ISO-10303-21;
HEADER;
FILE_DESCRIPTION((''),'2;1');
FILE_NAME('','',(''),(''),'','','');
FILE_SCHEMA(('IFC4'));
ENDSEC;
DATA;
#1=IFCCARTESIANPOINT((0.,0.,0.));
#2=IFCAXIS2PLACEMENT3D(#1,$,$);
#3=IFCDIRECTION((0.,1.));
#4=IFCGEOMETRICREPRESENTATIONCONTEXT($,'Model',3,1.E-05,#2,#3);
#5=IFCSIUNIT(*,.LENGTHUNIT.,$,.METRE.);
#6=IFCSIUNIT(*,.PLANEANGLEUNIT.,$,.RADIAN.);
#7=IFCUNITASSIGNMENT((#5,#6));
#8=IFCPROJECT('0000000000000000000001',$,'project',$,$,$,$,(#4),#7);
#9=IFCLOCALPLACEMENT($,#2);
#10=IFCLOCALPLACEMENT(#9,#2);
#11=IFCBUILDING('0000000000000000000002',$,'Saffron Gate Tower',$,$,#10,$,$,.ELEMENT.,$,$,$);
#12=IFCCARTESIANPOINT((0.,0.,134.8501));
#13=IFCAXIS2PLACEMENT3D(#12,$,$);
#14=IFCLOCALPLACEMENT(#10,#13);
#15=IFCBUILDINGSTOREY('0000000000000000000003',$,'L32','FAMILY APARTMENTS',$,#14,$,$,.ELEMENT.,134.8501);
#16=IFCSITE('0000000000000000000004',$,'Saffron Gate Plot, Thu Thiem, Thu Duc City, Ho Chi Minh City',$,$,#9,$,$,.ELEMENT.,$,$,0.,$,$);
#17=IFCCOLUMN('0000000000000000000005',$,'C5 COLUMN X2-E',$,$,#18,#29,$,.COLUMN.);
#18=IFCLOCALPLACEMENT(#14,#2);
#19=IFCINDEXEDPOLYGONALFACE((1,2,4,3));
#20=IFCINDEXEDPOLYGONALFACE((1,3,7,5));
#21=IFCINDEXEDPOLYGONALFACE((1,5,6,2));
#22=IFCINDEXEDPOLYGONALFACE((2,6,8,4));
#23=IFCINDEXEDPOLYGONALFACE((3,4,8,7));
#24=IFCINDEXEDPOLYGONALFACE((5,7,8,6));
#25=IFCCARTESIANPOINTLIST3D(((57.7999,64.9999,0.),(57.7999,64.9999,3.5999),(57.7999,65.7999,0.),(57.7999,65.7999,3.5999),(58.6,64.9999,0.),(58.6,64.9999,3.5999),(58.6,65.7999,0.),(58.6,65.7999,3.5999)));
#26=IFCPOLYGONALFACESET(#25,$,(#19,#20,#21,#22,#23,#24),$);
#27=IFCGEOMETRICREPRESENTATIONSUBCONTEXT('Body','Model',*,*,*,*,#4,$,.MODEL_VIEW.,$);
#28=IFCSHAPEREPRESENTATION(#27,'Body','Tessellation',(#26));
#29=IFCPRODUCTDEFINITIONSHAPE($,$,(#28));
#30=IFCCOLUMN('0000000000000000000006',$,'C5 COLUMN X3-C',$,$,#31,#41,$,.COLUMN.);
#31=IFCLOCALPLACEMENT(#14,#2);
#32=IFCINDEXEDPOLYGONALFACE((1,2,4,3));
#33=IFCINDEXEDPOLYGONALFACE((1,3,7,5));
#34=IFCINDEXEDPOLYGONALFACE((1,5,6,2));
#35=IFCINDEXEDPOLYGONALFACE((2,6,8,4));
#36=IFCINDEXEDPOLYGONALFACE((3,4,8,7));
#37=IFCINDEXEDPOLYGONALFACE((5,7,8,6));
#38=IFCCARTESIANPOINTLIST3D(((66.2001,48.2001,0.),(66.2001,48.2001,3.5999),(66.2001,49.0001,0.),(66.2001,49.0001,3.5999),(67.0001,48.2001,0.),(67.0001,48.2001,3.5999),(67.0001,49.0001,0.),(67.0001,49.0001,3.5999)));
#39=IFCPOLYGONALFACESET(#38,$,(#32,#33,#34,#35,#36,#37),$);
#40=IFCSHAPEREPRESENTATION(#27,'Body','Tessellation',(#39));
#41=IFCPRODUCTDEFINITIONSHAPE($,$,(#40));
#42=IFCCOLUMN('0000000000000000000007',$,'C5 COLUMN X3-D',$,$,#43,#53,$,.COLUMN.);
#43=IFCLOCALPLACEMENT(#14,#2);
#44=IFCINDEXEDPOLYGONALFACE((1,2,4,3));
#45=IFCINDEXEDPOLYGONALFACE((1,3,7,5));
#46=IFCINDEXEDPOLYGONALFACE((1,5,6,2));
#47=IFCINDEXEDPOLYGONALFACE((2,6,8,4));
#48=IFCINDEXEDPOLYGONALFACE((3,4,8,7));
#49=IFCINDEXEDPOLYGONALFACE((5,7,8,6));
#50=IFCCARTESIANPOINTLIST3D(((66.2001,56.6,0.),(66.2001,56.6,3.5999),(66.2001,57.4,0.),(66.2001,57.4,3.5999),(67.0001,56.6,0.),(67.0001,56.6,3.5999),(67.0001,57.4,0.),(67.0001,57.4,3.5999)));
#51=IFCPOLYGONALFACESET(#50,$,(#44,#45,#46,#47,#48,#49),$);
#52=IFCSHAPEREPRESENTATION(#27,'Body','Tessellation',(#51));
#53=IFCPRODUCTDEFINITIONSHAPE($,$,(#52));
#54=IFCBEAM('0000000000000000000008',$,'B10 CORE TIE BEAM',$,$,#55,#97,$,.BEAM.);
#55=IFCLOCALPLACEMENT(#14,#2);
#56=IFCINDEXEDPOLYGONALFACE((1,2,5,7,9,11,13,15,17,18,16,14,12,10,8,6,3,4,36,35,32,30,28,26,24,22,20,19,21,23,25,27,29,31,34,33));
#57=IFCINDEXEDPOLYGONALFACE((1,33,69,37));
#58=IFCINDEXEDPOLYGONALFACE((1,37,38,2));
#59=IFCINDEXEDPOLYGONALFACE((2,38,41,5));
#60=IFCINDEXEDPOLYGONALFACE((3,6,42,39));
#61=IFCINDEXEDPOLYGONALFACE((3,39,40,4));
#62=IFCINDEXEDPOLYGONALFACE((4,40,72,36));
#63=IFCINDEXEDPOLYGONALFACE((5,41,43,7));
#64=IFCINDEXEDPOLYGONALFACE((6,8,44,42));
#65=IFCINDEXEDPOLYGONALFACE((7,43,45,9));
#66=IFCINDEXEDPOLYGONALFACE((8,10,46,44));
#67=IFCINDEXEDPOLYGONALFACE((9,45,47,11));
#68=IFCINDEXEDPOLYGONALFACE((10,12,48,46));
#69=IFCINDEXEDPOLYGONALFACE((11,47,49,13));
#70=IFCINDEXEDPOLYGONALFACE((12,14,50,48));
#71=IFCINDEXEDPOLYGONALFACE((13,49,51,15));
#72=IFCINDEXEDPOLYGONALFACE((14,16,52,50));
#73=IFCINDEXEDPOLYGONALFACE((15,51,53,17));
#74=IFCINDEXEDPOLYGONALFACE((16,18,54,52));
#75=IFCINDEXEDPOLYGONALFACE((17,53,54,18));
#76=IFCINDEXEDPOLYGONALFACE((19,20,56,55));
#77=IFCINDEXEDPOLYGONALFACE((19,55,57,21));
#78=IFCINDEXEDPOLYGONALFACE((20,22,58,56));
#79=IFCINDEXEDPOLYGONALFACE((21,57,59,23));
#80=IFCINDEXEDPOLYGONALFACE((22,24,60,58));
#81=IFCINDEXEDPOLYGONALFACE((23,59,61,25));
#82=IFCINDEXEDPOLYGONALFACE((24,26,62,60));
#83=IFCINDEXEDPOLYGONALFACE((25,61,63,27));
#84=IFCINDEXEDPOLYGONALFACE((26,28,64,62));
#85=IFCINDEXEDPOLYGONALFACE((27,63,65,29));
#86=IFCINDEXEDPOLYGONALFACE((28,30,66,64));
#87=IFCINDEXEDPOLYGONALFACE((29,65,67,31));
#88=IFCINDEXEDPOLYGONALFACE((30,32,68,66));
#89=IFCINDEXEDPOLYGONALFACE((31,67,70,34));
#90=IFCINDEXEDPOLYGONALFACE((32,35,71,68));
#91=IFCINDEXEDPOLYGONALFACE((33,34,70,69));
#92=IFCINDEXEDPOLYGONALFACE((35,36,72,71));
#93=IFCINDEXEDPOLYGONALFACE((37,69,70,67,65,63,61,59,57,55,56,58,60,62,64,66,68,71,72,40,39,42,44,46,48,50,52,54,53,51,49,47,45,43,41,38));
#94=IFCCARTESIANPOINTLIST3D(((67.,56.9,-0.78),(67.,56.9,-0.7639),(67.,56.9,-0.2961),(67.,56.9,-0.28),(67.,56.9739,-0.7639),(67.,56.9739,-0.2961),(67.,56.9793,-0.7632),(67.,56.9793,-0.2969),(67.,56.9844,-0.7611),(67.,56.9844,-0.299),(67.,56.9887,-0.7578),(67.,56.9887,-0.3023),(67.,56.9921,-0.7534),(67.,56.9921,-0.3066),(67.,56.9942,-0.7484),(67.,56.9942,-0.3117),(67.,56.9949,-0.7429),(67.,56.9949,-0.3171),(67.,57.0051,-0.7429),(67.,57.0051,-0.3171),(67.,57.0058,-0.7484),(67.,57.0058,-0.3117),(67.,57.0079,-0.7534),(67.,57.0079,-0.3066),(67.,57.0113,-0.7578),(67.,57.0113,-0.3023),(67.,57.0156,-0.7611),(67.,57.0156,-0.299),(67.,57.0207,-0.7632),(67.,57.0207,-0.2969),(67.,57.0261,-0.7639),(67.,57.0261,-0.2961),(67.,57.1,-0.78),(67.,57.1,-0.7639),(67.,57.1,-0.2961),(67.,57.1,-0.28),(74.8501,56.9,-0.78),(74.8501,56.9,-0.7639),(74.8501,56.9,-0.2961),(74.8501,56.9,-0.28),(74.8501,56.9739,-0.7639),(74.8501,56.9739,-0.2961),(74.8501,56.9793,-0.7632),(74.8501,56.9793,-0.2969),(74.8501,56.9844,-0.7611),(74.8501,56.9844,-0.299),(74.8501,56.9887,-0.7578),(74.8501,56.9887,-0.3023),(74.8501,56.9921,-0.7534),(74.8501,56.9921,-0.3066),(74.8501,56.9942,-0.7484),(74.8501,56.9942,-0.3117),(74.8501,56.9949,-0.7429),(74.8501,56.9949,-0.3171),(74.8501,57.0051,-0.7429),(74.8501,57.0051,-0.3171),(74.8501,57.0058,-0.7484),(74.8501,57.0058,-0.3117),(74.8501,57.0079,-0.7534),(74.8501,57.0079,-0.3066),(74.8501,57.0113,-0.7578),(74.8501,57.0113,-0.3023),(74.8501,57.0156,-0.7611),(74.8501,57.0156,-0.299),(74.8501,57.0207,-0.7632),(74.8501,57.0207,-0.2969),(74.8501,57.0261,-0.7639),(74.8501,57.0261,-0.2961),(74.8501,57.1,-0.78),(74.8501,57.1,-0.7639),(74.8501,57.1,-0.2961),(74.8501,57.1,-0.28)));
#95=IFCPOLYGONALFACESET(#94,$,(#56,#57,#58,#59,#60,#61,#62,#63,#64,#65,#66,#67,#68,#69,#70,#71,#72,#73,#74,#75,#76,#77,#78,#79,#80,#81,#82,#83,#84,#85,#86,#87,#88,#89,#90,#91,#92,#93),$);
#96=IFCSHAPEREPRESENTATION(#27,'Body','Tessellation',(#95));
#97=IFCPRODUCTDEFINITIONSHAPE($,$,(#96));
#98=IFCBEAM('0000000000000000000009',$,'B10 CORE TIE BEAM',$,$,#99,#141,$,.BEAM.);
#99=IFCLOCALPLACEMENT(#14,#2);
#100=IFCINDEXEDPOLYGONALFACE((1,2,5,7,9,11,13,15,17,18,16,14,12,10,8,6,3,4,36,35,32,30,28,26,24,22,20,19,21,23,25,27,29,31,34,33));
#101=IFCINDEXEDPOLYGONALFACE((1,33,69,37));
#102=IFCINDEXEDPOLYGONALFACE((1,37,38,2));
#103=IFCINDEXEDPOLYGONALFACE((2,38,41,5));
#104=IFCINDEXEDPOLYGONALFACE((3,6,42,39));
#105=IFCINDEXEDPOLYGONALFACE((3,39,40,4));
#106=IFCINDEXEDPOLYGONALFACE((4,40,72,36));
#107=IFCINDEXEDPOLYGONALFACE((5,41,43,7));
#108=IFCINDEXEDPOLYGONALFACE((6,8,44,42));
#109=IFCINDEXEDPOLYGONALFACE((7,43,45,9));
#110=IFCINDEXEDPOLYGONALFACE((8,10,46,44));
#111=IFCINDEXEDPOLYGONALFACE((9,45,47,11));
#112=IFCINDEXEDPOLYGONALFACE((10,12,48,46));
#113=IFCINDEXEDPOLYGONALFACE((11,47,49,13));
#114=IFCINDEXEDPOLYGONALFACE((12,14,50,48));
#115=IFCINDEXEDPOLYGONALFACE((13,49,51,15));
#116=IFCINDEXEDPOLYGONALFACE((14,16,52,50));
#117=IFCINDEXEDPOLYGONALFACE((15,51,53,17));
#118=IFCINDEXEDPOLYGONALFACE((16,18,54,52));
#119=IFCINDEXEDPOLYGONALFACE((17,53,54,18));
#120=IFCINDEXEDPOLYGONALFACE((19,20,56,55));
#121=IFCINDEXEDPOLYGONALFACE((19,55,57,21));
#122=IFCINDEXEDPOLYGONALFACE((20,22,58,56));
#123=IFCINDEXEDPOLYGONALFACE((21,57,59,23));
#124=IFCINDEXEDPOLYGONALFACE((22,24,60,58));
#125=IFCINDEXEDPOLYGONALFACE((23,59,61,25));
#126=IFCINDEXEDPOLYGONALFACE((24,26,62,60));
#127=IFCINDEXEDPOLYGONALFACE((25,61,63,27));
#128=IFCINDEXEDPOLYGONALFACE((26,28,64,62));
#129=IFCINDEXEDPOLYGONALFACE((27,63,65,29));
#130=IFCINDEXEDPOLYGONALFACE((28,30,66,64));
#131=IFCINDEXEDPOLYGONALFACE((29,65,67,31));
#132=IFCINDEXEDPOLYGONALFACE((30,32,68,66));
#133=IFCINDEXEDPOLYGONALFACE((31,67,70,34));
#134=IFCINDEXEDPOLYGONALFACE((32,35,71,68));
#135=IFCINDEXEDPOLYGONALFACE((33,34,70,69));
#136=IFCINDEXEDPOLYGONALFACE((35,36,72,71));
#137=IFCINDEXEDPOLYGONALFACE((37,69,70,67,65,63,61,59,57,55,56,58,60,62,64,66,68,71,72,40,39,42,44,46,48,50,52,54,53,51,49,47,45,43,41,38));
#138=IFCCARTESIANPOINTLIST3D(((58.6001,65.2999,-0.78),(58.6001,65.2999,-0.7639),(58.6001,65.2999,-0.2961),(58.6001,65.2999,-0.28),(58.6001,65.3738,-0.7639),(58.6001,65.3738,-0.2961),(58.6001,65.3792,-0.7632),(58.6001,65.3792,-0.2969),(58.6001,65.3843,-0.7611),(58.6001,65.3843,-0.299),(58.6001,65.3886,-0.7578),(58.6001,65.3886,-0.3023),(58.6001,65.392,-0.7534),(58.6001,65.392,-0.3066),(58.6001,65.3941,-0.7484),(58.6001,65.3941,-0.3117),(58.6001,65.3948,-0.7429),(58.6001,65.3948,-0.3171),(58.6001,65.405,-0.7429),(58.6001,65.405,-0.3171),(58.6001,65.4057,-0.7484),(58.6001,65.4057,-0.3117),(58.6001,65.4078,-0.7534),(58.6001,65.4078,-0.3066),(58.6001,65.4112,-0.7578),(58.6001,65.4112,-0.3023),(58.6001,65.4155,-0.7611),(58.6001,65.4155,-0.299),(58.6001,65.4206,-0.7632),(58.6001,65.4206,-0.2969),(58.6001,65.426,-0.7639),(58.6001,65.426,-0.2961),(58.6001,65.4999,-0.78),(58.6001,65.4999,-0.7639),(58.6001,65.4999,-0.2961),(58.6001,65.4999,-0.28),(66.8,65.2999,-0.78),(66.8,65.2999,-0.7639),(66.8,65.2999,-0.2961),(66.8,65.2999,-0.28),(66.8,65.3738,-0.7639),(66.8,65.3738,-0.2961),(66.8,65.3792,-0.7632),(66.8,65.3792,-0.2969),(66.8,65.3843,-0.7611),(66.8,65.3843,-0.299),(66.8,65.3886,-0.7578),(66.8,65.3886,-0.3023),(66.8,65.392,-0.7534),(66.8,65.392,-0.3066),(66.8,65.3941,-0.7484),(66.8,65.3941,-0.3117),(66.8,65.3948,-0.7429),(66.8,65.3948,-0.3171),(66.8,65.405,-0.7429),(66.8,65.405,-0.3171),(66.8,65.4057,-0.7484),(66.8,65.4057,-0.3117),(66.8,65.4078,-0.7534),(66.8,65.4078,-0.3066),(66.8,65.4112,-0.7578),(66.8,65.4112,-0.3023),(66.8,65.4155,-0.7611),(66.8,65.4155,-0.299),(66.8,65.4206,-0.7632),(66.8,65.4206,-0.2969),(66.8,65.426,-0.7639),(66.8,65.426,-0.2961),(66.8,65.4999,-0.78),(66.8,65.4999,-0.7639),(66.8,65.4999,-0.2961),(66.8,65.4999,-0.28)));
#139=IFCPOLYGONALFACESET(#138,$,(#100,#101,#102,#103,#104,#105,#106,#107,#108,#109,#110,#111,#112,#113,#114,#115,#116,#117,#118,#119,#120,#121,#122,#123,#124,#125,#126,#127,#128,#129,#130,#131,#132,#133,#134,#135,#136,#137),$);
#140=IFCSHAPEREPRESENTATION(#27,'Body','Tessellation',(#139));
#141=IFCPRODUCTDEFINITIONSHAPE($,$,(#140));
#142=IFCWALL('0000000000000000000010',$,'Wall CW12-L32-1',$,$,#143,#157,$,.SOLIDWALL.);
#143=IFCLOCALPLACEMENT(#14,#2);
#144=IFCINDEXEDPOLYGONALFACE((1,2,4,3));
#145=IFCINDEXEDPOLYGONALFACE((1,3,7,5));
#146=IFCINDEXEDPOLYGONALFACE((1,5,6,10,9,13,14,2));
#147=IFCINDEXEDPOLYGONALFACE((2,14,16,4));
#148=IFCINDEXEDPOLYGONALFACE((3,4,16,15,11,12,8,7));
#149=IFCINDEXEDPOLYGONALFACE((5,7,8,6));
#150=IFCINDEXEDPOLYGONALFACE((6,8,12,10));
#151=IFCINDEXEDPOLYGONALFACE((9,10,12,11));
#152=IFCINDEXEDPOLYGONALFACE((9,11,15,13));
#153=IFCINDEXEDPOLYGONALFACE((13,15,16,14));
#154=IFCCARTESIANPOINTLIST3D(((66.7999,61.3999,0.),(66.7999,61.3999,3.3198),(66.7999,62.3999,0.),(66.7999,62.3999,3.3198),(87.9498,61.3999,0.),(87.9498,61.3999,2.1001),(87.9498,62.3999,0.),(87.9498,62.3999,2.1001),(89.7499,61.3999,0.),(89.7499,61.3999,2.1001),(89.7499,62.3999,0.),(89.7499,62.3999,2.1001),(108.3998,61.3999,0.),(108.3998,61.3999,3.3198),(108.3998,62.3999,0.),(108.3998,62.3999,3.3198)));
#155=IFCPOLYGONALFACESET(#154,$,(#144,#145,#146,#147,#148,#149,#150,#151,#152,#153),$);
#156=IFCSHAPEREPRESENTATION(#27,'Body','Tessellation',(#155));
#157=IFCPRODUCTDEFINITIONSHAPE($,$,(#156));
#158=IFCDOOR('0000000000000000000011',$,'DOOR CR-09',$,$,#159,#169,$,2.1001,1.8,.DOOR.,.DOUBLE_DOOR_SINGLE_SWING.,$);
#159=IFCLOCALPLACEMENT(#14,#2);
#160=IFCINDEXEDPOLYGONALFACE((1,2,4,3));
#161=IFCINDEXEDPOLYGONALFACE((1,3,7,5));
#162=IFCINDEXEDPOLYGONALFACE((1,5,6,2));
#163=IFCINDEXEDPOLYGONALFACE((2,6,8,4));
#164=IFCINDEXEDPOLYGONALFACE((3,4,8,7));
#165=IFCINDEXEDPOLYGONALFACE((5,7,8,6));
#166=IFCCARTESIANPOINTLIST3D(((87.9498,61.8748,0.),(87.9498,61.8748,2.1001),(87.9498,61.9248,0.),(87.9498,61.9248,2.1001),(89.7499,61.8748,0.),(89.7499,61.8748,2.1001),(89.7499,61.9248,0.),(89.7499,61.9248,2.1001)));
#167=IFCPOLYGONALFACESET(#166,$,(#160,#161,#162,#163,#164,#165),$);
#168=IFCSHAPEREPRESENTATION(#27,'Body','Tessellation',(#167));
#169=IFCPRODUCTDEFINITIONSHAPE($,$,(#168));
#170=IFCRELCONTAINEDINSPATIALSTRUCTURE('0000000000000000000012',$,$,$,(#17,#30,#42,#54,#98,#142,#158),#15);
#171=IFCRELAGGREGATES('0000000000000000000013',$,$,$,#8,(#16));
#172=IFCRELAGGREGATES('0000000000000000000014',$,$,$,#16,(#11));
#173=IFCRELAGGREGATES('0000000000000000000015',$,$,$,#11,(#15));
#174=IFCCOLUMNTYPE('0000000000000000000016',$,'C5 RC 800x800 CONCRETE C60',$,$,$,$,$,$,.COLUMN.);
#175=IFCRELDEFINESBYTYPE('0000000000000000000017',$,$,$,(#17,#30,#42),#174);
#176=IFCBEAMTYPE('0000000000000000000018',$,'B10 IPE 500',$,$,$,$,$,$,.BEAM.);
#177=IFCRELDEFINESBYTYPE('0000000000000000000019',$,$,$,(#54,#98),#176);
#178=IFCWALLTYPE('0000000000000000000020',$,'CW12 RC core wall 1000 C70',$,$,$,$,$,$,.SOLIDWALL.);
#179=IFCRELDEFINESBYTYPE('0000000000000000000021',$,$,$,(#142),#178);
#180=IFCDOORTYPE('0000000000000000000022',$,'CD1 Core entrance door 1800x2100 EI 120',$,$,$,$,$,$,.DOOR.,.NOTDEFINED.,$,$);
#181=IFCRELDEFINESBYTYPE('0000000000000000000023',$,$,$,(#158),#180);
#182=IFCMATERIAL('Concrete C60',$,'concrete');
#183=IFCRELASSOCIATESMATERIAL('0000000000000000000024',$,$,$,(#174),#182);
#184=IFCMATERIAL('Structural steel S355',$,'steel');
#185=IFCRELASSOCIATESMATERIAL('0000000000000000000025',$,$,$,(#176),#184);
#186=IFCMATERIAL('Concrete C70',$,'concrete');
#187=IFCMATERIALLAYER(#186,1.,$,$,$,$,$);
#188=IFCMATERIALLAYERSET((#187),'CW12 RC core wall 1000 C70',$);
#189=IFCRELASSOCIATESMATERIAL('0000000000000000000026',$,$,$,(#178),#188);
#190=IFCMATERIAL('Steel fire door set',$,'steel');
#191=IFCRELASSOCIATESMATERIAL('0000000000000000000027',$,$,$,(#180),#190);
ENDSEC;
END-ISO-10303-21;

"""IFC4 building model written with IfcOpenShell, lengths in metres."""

from ifc_helpers import new_model, si_unit, direction, frame, frame_2d, origin, origin_2d, place, context, subcontext, project, spatial, rectangle, i_section, extrude, material, layer, layer_set, material_profile, profile_set, type_object, element, fill, save


model = new_model("IFC4")

# Units and contexts
model_context = context("Model", 3, precision=1e-05, world=origin(), true_north=direction((0.0, 1.0)))
body_context = subcontext(model_context, "Body", "Model", "MODEL_VIEW")
ifc_project = project(units=[si_unit("LENGTHUNIT", "METRE"), si_unit("PLANEANGLEUNIT", "RADIAN")], contexts=[model_context])

# Site, building, storey
site_placement = place(None, origin())
site = spatial("IfcSite", under=ifc_project, at=site_placement, Name="Saffron Gate Plot, Thu Thiem, Thu Duc City, Ho Chi Minh City", CompositionType="ELEMENT", RefElevation=0.0)
building_placement = place(site_placement, origin())
building = spatial("IfcBuilding", under=site, at=building_placement, Name="Saffron Gate Tower", CompositionType="ELEMENT")
storey_placement = place(building_placement, frame((0.0, 0.0, 134.8501)))
storey = spatial("IfcBuildingStorey", under=building, at=storey_placement, Name="L32", Description="FAMILY APARTMENTS", CompositionType="ELEMENT", Elevation=134.8501)

# Columns
ifc_material_1 = material(Name="Concrete C60", Category="concrete")
ifc_material_profile_1 = material_profile(ifc_material_1, rectangle(XDim=0.8, YDim=0.8, at=origin_2d()))
ifc_profile_set_1 = profile_set([ifc_material_profile_1], Name="Concrete C60")
column_type = type_object("IfcColumnType", Name="C5 RC 800x800 CONCRETE C60", PredefinedType="COLUMN", material=ifc_profile_set_1)
for number, where, z_axis, x_axis, name in (
    (1, (58.2, 65.3999, 0.0), (0.0, 0.0, 1.0), (1.0, 0.0, 0.0), "C5 COLUMN X2-E"),
    (2, (66.6001, 48.6001, 0.0), (0.0, 0.0, 1.0), (1.0, 0.0, 0.0), "C5 COLUMN X3-C"),
    (3, (66.6001, 57.0, 0.0), (0.0, 0.0, 1.0), (1.0, 0.0, 0.0), "C5 COLUMN X3-D"),
):
    element("IfcColumn", number, at=place(storey_placement, frame(where, z_axis=z_axis, x_axis=x_axis)), inside=storey, type_object=column_type, Name=name, PredefinedType="COLUMN", context=body_context, shape_type="SweptSolid", body=[
        extrude(rectangle(XDim=0.8, YDim=0.8, at=origin_2d()), origin(), (0.0, 0.0, 1.0), 3.5999),
    ])

# Beams
ifc_material_2 = material(Name="Structural steel S355", Category="steel")
ifc_material_profile_2 = material_profile(ifc_material_2, i_section(OverallWidth=0.2, OverallDepth=0.5, WebThickness=0.0103, FlangeThickness=0.0161, FilletRadius=0.021, at=origin_2d()))
ifc_profile_set_2 = profile_set([ifc_material_profile_2], Name="Structural steel S355")
beam_type = type_object("IfcBeamType", Name="B10 IPE 500", PredefinedType="BEAM", material=ifc_profile_set_2)
beam_1_placement = place(storey_placement, frame((67.0, 57.0, -0.53), z_axis=(1.0, 0.0, 0.0), x_axis=(0.0, 1.0, 0.0)))
element("IfcBeam", 4, at=beam_1_placement, inside=storey, type_object=beam_type, Name="B10 CORE TIE BEAM", PredefinedType="BEAM", context=body_context, shape_type="SweptSolid", body=[
    extrude(i_section(OverallWidth=0.2, OverallDepth=0.5, WebThickness=0.0103, FlangeThickness=0.0161, FilletRadius=0.021, at=origin_2d()), origin(), (0.0, 0.0, 1.0), 7.8501),
])
beam_2_placement = place(storey_placement, frame((58.6001, 65.3999, -0.53), z_axis=(1.0, 0.0, 0.0), x_axis=(0.0, 1.0, 0.0)))
element("IfcBeam", 5, at=beam_2_placement, inside=storey, type_object=beam_type, Name="B10 CORE TIE BEAM", PredefinedType="BEAM", context=body_context, shape_type="SweptSolid", body=[
    extrude(i_section(OverallWidth=0.2, OverallDepth=0.5, WebThickness=0.0103, FlangeThickness=0.0161, FilletRadius=0.021, at=origin_2d()), origin(), (0.0, 0.0, 1.0), 8.2),
])

# Wall, opening, door
ifc_material_3 = material(Name="Concrete C70", Category="concrete")
ifc_layer_1 = layer(ifc_material_3, 1.0)
ifc_layer_set_1 = layer_set([ifc_layer_1], Name="CW12 RC core wall 1000 C70")
wall_type_1 = type_object("IfcWallType", Name="CW12 RC core wall 1000 C70", PredefinedType="SOLIDWALL", material=ifc_layer_set_1)
wall_1_placement = place(storey_placement, frame((66.8, 61.8999, 0.0), z_axis=(0.0, 0.0, 1.0), x_axis=(1.0, 0.0, 0.0)))
wall_1 = element("IfcWall", 6, at=wall_1_placement, inside=storey, type_object=wall_type_1, Name="Wall CW12-L32-1", PredefinedType="SOLIDWALL", context=body_context, shape_type="SweptSolid", body=[
    extrude(rectangle(XDim=41.5999, YDim=1.0, at=frame_2d((20.7998, 0.0))), origin(), (0.0, 0.0, 1.0), 3.3198),
])
opening_1_placement = place(wall_1_placement, frame((21.1499, 0.0, 0.0)))
opening_1 = element("IfcOpeningElement", 7, at=opening_1_placement, cuts=wall_1, PredefinedType="OPENING", context=body_context, shape_type="SweptSolid", body=[
    extrude(rectangle(XDim=1.8, YDim=2.1001, at=frame_2d((0.8999, 1.05))), frame((0.0, 0.51, 0.0), z_axis=(0.0, -1.0, 0.0), x_axis=(1.0, 0.0, 0.0)), (0.0, 0.0, 1.0), 1.02),
])
ifc_material_4 = material(Name="Steel fire door set", Category="steel")
door_type_1 = type_object("IfcDoorType", Name="CD1 Core entrance door 1800x2100 EI 120", OperationType="NOTDEFINED", PredefinedType="DOOR", material=ifc_material_4)
door_1_placement = place(opening_1_placement, origin())
door_1 = element("IfcDoor", 8, at=door_1_placement, inside=storey, type_object=door_type_1, Name="DOOR CR-09", OperationType="DOUBLE_DOOR_SINGLE_SWING", OverallHeight=2.1001, OverallWidth=1.8, PredefinedType="DOOR", context=body_context, shape_type="SweptSolid", body=[
    extrude(rectangle(XDim=1.8, YDim=2.1001, at=frame_2d((0.8999, 1.05))), frame((0.0, 0.0249, 0.0), z_axis=(0.0, -1.0, 0.0), x_axis=(1.0, 0.0, 0.0)), (0.0, 0.0, 1.0), 0.05),
])
fill(opening_1, door_1)

save(model, "model.ifc")
